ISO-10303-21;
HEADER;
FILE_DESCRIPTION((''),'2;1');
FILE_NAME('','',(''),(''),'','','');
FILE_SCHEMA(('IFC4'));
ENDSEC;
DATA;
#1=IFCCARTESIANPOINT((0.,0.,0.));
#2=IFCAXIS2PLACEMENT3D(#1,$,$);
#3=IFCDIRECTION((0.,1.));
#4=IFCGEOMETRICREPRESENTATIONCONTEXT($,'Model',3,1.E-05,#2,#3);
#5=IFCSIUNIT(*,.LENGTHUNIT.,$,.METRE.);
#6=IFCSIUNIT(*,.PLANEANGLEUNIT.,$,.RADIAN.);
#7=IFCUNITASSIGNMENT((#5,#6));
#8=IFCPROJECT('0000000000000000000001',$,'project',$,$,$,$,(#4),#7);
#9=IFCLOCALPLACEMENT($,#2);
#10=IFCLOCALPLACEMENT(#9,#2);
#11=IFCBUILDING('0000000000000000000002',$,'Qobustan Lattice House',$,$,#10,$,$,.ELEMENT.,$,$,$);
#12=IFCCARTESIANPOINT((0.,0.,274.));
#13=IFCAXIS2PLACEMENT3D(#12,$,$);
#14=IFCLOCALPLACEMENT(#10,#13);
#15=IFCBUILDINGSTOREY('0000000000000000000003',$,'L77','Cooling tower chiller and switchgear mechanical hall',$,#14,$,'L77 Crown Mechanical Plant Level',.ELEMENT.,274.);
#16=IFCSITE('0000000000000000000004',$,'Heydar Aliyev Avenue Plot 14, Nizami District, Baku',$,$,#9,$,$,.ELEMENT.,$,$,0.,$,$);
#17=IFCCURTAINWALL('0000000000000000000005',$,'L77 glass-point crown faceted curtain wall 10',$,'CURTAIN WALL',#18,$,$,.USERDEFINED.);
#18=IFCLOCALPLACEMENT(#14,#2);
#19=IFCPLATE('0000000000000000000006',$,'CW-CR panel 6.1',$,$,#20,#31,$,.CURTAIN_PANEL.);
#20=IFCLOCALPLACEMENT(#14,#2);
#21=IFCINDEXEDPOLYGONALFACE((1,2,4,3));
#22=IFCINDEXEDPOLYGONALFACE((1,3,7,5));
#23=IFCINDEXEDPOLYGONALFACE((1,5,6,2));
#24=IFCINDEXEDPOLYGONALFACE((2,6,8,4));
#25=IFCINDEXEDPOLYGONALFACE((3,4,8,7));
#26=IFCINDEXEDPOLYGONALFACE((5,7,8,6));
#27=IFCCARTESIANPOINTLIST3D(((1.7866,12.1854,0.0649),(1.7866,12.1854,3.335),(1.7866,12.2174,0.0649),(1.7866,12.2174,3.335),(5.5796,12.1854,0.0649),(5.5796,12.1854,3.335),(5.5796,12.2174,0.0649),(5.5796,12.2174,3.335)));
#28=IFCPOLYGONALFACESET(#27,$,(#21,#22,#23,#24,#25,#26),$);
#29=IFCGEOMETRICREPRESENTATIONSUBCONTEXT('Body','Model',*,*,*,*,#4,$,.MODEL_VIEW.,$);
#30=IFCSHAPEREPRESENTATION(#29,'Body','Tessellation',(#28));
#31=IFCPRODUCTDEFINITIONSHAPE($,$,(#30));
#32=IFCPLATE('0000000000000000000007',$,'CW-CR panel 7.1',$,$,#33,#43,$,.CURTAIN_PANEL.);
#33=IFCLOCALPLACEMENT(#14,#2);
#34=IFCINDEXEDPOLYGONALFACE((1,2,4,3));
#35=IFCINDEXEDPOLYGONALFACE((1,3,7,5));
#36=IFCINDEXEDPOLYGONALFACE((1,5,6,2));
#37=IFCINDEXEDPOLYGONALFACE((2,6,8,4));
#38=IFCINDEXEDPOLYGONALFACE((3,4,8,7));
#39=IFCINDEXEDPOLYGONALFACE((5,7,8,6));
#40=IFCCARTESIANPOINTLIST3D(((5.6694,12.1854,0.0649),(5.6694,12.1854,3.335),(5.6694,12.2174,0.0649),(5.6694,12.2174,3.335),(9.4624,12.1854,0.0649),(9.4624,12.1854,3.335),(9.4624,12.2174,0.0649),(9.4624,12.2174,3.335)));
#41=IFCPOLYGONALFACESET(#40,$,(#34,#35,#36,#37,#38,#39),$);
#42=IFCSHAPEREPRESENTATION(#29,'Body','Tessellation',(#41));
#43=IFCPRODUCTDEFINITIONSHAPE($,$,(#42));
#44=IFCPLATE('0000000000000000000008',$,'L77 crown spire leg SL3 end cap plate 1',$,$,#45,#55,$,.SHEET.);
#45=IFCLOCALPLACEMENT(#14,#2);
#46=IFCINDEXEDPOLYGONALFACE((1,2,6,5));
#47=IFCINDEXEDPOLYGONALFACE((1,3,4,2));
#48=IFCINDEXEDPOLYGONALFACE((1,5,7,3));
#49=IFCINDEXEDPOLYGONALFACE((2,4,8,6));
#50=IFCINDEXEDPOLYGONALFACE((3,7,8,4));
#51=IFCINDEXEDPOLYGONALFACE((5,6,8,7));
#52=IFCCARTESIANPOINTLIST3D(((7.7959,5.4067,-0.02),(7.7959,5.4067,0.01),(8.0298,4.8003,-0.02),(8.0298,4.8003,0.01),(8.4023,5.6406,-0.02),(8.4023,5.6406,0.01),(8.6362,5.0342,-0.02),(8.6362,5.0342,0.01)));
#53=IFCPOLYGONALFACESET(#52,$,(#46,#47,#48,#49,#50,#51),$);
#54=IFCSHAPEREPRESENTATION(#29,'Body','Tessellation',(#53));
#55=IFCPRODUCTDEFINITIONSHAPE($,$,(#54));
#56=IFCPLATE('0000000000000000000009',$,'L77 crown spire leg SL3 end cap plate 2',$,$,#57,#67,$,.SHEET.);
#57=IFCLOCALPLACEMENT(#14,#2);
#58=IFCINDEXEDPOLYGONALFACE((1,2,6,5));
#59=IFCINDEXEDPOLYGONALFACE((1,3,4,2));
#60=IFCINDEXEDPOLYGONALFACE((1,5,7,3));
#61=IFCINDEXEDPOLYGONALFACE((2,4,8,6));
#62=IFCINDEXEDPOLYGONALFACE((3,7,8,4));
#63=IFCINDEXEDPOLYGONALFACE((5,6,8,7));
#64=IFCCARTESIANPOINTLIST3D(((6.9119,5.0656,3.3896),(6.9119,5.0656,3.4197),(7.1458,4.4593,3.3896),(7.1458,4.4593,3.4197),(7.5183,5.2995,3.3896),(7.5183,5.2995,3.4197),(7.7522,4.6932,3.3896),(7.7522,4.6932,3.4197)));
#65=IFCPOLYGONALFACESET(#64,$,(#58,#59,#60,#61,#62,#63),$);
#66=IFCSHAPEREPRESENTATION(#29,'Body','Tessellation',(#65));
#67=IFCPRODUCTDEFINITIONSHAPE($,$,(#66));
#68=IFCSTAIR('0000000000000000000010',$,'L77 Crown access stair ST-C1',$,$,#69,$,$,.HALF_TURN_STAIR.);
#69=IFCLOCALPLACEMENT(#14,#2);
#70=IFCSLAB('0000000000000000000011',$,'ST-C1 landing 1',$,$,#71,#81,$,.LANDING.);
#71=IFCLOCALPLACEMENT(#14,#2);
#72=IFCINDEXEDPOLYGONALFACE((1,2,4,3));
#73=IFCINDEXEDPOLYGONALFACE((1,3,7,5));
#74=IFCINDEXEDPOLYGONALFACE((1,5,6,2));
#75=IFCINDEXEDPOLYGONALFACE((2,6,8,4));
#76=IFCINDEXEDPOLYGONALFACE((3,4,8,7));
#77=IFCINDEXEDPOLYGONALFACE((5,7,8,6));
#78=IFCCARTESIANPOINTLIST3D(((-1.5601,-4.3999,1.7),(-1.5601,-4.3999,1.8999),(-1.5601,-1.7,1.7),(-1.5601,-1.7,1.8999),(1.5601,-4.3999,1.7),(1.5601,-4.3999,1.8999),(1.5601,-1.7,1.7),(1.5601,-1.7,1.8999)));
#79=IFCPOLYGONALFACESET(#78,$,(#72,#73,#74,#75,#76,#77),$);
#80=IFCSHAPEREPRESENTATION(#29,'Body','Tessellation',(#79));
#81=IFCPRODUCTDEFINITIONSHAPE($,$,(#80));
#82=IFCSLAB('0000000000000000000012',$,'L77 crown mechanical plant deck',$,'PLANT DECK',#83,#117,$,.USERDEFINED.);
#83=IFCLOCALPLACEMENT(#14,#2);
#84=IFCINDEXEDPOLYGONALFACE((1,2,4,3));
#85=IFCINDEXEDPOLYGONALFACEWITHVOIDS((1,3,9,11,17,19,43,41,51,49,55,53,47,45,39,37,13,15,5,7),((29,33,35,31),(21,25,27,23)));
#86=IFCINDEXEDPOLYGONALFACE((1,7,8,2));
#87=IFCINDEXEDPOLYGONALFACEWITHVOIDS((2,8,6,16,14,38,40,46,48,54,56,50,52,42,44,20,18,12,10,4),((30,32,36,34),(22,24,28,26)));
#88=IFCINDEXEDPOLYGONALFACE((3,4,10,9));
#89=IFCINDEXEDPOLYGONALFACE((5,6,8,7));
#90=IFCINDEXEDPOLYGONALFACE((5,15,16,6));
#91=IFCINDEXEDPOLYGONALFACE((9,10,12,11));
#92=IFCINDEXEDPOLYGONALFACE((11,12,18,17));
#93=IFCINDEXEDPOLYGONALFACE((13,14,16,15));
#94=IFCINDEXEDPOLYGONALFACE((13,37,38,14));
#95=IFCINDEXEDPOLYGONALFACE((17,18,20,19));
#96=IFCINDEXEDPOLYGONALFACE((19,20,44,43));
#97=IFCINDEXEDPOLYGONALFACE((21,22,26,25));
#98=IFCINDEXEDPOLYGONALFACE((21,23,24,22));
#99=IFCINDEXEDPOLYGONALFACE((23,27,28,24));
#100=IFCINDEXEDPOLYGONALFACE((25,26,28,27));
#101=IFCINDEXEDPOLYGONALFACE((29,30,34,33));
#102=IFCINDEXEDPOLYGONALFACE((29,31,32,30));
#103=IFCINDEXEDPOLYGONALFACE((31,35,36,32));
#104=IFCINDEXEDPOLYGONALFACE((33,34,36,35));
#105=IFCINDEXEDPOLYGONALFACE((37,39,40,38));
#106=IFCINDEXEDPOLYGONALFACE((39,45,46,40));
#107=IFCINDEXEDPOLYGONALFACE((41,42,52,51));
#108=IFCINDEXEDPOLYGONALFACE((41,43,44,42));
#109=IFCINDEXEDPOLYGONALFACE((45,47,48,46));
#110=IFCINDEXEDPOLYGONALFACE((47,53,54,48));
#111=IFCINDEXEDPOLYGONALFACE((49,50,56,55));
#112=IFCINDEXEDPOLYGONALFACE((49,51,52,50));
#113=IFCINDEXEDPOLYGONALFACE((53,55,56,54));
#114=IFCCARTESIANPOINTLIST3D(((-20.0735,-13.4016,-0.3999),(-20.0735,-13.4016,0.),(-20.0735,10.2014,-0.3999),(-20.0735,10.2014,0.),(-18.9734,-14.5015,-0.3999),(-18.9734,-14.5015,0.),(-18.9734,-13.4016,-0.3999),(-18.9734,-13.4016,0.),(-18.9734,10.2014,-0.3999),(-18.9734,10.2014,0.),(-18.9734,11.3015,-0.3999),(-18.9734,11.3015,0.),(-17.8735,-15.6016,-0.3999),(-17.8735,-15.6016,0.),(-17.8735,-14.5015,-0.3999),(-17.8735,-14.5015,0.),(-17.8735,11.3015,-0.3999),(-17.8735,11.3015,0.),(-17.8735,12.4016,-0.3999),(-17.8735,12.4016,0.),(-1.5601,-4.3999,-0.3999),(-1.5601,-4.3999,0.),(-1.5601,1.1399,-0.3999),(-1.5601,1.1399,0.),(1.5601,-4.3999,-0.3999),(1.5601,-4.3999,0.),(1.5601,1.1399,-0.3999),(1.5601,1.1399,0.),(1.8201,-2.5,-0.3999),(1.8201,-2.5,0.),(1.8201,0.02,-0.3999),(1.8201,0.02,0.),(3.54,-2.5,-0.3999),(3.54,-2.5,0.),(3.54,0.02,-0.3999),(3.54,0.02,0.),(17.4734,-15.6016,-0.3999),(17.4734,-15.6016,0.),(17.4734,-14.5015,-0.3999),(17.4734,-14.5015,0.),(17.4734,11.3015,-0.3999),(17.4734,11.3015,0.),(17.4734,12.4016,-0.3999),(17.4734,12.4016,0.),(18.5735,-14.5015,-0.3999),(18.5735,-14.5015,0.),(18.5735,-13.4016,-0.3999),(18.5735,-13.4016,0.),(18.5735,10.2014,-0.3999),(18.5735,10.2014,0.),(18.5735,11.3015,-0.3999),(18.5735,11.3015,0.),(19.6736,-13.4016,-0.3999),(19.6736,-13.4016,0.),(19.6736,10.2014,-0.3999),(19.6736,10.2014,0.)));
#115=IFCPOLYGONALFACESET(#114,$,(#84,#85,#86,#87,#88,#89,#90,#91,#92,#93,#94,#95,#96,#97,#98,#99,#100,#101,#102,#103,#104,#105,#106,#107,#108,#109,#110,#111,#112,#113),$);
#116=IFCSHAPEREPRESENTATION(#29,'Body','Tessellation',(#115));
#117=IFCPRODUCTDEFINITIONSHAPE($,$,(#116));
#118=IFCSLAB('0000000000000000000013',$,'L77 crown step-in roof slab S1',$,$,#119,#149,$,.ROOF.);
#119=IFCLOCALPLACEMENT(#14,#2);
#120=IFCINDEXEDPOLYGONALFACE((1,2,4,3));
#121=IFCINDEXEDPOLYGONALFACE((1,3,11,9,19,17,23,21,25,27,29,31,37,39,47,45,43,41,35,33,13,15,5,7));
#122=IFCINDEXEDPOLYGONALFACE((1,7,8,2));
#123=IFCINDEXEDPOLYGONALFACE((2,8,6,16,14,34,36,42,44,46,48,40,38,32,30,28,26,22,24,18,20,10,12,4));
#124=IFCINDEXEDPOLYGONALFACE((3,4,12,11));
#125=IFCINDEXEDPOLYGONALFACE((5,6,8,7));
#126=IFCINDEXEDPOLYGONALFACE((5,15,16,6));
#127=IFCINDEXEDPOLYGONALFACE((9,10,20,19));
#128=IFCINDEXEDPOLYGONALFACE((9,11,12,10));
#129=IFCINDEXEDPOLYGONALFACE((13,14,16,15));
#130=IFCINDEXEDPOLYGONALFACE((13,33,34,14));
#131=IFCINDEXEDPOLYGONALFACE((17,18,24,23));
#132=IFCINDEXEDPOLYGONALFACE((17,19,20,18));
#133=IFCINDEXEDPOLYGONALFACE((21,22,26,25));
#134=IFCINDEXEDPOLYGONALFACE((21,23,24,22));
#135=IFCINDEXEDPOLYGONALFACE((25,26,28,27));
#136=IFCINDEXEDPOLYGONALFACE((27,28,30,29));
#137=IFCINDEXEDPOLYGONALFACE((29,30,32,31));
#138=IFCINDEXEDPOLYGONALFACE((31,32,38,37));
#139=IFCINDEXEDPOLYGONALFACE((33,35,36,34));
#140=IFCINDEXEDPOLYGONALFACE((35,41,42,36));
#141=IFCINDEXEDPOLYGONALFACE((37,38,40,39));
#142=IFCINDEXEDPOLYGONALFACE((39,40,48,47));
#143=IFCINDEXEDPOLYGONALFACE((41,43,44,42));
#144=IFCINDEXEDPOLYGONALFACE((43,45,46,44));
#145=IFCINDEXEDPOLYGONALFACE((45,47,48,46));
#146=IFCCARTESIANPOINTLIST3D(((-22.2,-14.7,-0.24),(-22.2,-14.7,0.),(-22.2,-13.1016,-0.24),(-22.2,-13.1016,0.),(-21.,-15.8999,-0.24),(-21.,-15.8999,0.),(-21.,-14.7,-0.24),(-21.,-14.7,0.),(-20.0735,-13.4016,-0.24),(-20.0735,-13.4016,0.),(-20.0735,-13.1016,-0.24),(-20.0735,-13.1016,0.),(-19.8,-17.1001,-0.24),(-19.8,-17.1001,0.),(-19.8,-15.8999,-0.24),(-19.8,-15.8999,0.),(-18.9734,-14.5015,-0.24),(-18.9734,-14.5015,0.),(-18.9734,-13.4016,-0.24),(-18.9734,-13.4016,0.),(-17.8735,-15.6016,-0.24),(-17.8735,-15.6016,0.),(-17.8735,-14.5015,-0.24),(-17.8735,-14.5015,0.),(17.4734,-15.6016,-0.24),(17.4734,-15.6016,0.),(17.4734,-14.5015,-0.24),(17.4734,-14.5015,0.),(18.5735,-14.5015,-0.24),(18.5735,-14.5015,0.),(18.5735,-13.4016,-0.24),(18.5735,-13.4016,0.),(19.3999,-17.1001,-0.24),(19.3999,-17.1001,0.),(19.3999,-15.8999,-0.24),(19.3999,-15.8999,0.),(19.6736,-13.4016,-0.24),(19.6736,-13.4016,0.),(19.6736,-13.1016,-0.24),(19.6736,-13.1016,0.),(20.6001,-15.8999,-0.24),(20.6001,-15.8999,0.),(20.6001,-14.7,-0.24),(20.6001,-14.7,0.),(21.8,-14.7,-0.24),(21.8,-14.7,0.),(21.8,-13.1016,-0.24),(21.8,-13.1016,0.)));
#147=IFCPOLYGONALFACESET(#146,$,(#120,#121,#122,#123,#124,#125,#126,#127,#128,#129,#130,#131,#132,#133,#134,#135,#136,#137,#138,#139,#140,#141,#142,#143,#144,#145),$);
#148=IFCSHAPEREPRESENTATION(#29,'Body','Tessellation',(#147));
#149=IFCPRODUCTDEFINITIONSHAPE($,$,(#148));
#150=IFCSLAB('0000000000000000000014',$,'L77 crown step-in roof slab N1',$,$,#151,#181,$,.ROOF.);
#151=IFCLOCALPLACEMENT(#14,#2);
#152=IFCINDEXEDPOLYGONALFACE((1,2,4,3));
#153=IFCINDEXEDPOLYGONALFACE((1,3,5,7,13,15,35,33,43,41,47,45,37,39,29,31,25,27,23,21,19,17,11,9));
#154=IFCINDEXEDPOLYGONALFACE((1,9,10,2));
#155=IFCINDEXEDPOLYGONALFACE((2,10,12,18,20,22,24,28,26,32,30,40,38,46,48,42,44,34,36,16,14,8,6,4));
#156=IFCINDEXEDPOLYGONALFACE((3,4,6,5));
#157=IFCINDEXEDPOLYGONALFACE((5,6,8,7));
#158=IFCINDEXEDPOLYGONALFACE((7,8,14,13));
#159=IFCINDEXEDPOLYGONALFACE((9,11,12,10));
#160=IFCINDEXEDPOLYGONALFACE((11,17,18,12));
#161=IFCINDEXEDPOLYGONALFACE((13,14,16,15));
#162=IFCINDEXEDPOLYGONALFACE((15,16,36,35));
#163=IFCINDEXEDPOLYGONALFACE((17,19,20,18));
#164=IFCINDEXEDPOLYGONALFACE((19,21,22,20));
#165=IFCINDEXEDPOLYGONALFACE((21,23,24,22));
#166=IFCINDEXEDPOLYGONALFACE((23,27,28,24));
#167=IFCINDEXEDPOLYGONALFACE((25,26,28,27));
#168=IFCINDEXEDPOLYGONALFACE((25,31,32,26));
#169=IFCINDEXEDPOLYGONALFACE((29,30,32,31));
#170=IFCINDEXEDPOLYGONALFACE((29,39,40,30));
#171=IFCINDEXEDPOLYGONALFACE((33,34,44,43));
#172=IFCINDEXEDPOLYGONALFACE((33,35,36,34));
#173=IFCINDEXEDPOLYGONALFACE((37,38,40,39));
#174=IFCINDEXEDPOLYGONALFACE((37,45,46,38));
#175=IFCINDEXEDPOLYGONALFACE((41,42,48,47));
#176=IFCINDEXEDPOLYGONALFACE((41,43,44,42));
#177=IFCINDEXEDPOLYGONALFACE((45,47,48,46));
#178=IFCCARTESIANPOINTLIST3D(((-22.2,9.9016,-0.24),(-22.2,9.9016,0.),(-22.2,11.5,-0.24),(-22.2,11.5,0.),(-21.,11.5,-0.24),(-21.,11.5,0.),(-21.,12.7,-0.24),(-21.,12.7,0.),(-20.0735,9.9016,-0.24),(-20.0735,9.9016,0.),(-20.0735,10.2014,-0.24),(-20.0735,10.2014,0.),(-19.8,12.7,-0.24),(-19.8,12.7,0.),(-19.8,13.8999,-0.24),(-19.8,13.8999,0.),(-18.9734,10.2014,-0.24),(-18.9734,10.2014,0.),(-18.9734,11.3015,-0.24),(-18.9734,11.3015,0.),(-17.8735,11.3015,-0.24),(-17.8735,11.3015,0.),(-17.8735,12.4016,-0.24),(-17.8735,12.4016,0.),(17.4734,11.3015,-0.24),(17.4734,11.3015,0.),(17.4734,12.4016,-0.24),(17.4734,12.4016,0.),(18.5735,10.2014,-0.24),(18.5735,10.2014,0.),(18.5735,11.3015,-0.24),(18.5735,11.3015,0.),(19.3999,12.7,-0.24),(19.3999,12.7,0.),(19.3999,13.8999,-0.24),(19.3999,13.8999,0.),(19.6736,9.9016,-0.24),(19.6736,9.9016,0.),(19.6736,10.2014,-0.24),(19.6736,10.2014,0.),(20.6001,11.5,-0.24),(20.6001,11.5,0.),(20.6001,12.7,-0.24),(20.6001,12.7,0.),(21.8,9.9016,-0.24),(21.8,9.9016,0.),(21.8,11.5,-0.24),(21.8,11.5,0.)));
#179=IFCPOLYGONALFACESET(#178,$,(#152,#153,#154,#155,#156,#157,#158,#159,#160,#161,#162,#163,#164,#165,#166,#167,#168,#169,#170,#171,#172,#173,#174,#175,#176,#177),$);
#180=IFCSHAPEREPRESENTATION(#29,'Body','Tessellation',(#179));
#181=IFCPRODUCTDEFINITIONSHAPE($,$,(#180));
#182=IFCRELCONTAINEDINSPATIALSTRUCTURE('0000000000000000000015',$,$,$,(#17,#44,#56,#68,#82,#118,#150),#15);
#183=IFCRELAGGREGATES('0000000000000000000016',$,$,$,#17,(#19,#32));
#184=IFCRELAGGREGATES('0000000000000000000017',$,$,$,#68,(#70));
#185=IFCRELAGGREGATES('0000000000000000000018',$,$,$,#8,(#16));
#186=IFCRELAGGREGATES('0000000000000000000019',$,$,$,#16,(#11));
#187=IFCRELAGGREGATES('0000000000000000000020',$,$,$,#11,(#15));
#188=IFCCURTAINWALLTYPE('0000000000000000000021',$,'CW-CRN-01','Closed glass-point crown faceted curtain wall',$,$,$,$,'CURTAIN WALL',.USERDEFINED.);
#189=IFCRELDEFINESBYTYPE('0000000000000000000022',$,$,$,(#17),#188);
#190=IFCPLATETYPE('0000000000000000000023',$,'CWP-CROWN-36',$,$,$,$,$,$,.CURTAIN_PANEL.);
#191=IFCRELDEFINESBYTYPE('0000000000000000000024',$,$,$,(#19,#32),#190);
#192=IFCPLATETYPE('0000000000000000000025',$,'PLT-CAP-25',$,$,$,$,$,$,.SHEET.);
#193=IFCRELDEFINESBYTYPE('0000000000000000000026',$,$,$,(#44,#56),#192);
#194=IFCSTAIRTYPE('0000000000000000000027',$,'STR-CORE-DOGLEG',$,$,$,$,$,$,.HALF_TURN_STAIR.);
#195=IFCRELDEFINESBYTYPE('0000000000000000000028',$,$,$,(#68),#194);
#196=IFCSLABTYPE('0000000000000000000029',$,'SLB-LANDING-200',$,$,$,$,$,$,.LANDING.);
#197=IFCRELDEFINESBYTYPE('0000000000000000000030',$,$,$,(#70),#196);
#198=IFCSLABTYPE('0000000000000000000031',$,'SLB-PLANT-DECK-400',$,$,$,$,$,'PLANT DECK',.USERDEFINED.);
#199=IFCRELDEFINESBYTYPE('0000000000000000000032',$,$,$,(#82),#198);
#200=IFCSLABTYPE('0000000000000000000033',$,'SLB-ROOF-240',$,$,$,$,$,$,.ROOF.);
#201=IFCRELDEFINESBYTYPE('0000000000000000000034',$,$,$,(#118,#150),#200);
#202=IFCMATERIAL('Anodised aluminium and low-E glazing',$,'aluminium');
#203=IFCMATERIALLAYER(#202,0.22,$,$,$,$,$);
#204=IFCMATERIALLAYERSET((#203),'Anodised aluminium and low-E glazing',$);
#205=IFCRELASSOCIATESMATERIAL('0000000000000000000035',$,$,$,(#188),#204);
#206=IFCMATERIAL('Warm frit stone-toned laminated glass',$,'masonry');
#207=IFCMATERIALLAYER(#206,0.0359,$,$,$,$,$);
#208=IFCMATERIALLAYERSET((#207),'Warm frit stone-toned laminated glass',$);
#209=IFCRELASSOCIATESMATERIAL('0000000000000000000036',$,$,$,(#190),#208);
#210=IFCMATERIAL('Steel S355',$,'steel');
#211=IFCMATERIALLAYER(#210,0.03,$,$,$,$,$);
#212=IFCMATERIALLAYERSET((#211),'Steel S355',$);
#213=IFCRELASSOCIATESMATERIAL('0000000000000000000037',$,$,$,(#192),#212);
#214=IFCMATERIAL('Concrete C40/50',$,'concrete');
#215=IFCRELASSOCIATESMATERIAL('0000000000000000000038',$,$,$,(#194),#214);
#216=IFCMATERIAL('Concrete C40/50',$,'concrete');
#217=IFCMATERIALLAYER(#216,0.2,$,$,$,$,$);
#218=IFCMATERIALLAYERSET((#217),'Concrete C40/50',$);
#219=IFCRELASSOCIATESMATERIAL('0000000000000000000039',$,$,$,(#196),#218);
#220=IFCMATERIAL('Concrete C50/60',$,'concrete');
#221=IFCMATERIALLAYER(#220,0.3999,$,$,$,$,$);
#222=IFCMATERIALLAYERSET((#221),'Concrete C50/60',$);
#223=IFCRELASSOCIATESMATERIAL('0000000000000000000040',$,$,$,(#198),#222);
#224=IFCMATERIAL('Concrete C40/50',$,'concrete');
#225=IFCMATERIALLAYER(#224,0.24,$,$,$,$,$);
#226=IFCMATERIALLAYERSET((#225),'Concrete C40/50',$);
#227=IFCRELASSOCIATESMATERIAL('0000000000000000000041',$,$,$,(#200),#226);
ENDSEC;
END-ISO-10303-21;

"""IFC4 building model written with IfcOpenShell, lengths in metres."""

from ifc_helpers import new_model, si_unit, direction, frame, origin, origin_2d, place, context, subcontext, project, spatial, polyline, rectangle, outline, extrude, material, layer, layer_set, type_object, element, aggregate, save


model = new_model("IFC4")

# Units and contexts
model_context = context("Model", 3, precision=1e-05, world=origin(), true_north=direction((0.0, 1.0)))
body_context = subcontext(model_context, "Body", "Model", "MODEL_VIEW")
ifc_project = project(units=[si_unit("LENGTHUNIT", "METRE"), si_unit("PLANEANGLEUNIT", "RADIAN")], contexts=[model_context])

# Site, building, storey
site_placement = place(None, origin())
site = spatial("IfcSite", under=ifc_project, at=site_placement, Name="Heydar Aliyev Avenue Plot 14, Nizami District, Baku", CompositionType="ELEMENT", RefElevation=0.0)
building_placement = place(site_placement, origin())
building = spatial("IfcBuilding", under=site, at=building_placement, Name="Qobustan Lattice House", CompositionType="ELEMENT")
storey_placement = place(building_placement, frame((0.0, 0.0, 274.0)))
storey = spatial("IfcBuildingStorey", under=building, at=storey_placement, Name="L77", Description="Cooling tower chiller and switchgear mechanical hall", LongName="L77 Crown Mechanical Plant Level", CompositionType="ELEMENT", Elevation=274.0)

# Curtain wall
ifc_material_1 = material(Name="Anodised aluminium and low-E glazing", Category="aluminium")
ifc_layer_1 = layer(ifc_material_1, 0.22)
ifc_layer_set_1 = layer_set([ifc_layer_1], Name="Anodised aluminium and low-E glazing")
curtain_wall_type = type_object("IfcCurtainWallType", Name="CW-CRN-01", Description="Closed glass-point crown faceted curtain wall", ElementType="CURTAIN WALL", PredefinedType="USERDEFINED", material=ifc_layer_set_1)
curtain_wall_placement = place(storey_placement, origin())
curtain_wall = element("IfcCurtainWall", 1, at=curtain_wall_placement, inside=storey, type_object=curtain_wall_type, Name="L77 glass-point crown faceted curtain wall 10", ObjectType="CURTAIN WALL", PredefinedType="USERDEFINED")

# Plates
ifc_material_2 = material(Name="Warm frit stone-toned laminated glass", Category="masonry")
ifc_layer_2 = layer(ifc_material_2, 0.0359)
ifc_layer_set_2 = layer_set([ifc_layer_2], Name="Warm frit stone-toned laminated glass")
plate_type_1 = type_object("IfcPlateType", Name="CWP-CROWN-36", PredefinedType="CURTAIN_PANEL", material=ifc_layer_set_2)
plate_1_placement = place(storey_placement, frame((3.6831, 12.2014, 0.0649), z_axis=(0.0, 0.0, 1.0), x_axis=(1.0, 0.0, 0.0)))
plate_1 = element("IfcPlate", 2, at=plate_1_placement, type_object=plate_type_1, Name="CW-CR panel 6.1", PredefinedType="CURTAIN_PANEL", context=body_context, shape_type="SweptSolid", body=[
    extrude(rectangle(XDim=3.793, YDim=0.032, at=origin_2d()), origin(), (0.0, 0.0, 1.0), 3.27),
])
plate_2_placement = place(storey_placement, frame((7.5659, 12.2014, 0.0649), z_axis=(0.0, 0.0, 1.0), x_axis=(1.0, 0.0, 0.0)))
plate_2 = element("IfcPlate", 3, at=plate_2_placement, type_object=plate_type_1, Name="CW-CR panel 7.1", PredefinedType="CURTAIN_PANEL", context=body_context, shape_type="SweptSolid", body=[
    extrude(rectangle(XDim=3.793, YDim=0.032, at=origin_2d()), origin(), (0.0, 0.0, 1.0), 3.27),
])
aggregate(curtain_wall, [plate_1, plate_2])

# Plates
ifc_material_3 = material(Name="Steel S355", Category="steel")
ifc_layer_3 = layer(ifc_material_3, 0.03)
ifc_layer_set_3 = layer_set([ifc_layer_3], Name="Steel S355")
plate_type_2 = type_object("IfcPlateType", Name="PLT-CAP-25", PredefinedType="SHEET", material=ifc_layer_set_3)
for number, where, z_axis, x_axis, name in (
    (4, (8.2161, 5.2205, -0.02), (0.0, 0.0, 1.0), (-0.933004, -0.359867, 0.0), "L77 crown spire leg SL3 end cap plate 1"),
    (5, (7.332, 4.8794, 3.3896), (0.0, 0.0, 1.0), (-0.933004, -0.359867, 0.0), "L77 crown spire leg SL3 end cap plate 2"),
):
    element("IfcPlate", number, at=place(storey_placement, frame(where, z_axis=z_axis, x_axis=x_axis)), inside=storey, type_object=plate_type_2, Name=name, PredefinedType="SHEET", context=body_context, shape_type="SweptSolid", body=[
        extrude(rectangle(XDim=0.6499, YDim=0.6499, at=origin_2d()), origin(), (0.0, 0.0, 1.0), 0.03),
    ])

# Stair, slab
ifc_material_4 = material(Name="Concrete C40/50", Category="concrete")
stair_type = type_object("IfcStairType", Name="STR-CORE-DOGLEG", PredefinedType="HALF_TURN_STAIR", material=ifc_material_4)
stair_placement = place(storey_placement, origin())
stair = element("IfcStair", 6, at=stair_placement, inside=storey, type_object=stair_type, Name="L77 Crown access stair ST-C1", PredefinedType="HALF_TURN_STAIR")
ifc_material_5 = material(Name="Concrete C40/50", Category="concrete")
ifc_layer_4 = layer(ifc_material_5, 0.2)
ifc_layer_set_4 = layer_set([ifc_layer_4], Name="Concrete C40/50")
slab_type_1 = type_object("IfcSlabType", Name="SLB-LANDING-200", PredefinedType="LANDING", material=ifc_layer_set_4)
slab_1_placement = place(storey_placement, frame((0.0, 0.0, 1.7)))
slab_1 = element("IfcSlab", 7, at=slab_1_placement, type_object=slab_type_1, Name="ST-C1 landing 1", PredefinedType="LANDING", context=body_context, shape_type="SweptSolid", body=[
    extrude(outline(polyline([(-1.5601, -1.7), (-1.5601, -4.3999), (1.5601, -4.3999), (1.5601, -1.7), (-1.5601, -1.7)])), origin(), (0.0, 0.0, 1.0), 0.2),
])
aggregate(stair, [slab_1])

# Slabs
ifc_material_6 = material(Name="Concrete C50/60", Category="concrete")
ifc_layer_5 = layer(ifc_material_6, 0.3999)
ifc_layer_set_5 = layer_set([ifc_layer_5], Name="Concrete C50/60")
slab_type_2 = type_object("IfcSlabType", Name="SLB-PLANT-DECK-400", ElementType="PLANT DECK", PredefinedType="USERDEFINED", material=ifc_layer_set_5)
slab_2_placement = place(storey_placement, frame((0.0, 0.0, -0.3999)))
element("IfcSlab", 8, at=slab_2_placement, inside=storey, type_object=slab_type_2, Name="L77 crown mechanical plant deck", ObjectType="PLANT DECK", PredefinedType="USERDEFINED", context=body_context, shape_type="SweptSolid", body=[
    extrude(outline(polyline([(-17.8735, -15.6016), (17.4734, -15.6016), (17.4734, -14.5015), (18.5735, -14.5015), (18.5735, -13.4016), (19.6736, -13.4016), (19.6736, 10.2014), (18.5735, 10.2014), (18.5735, 11.3015), (17.4734, 11.3015), (17.4734, 12.4016), (-17.8735, 12.4016), (-17.8735, 11.3015), (-18.9734, 11.3015), (-18.9734, 10.2014), (-20.0735, 10.2014), (-20.0735, -13.4016), (-18.9734, -13.4016), (-18.9734, -14.5015), (-17.8735, -14.5015), (-17.8735, -15.6016)]), holes=[polyline([(-1.5601, -4.3999), (-1.5601, 1.1399), (1.5601, 1.1399), (1.5601, -4.3999), (-1.5601, -4.3999)]), polyline([(1.8201, -2.5), (1.8201, 0.02), (3.54, 0.02), (3.54, -2.5), (1.8201, -2.5)])]), origin(), (0.0, 0.0, 1.0), 0.3999),
])
ifc_material_7 = material(Name="Concrete C40/50", Category="concrete")
ifc_layer_6 = layer(ifc_material_7, 0.24)
ifc_layer_set_6 = layer_set([ifc_layer_6], Name="Concrete C40/50")
slab_type_3 = type_object("IfcSlabType", Name="SLB-ROOF-240", PredefinedType="ROOF", material=ifc_layer_set_6)
slab_3_placement = place(storey_placement, frame((0.0, 0.0, -0.24)))
element("IfcSlab", 9, at=slab_3_placement, inside=storey, type_object=slab_type_3, Name="L77 crown step-in roof slab S1", PredefinedType="ROOF", context=body_context, shape_type="SweptSolid", body=[
    extrude(outline(polyline([(-19.8, -15.8999), (-19.8, -17.1001), (19.3999, -17.1001), (19.3999, -15.8999), (20.6001, -15.8999), (20.6001, -14.7), (21.8, -14.7), (21.8, -13.1016), (19.6736, -13.1016), (19.6736, -13.4016), (18.5735, -13.4016), (18.5735, -14.5015), (17.4734, -14.5015), (17.4734, -15.6016), (-17.8735, -15.6016), (-17.8735, -14.5015), (-18.9734, -14.5015), (-18.9734, -13.4016), (-20.0735, -13.4016), (-20.0735, -13.1016), (-22.2, -13.1016), (-22.2, -14.7), (-21.0, -14.7), (-21.0, -15.8999), (-19.8, -15.8999)])), origin(), (0.0, 0.0, 1.0), 0.24),
])
slab_4_placement = place(storey_placement, frame((0.0, 0.0, -0.24)))
element("IfcSlab", 10, at=slab_4_placement, inside=storey, type_object=slab_type_3, Name="L77 crown step-in roof slab N1", PredefinedType="ROOF", context=body_context, shape_type="SweptSolid", body=[
    extrude(outline(polyline([(-22.2, 9.9016), (-20.0735, 9.9016), (-20.0735, 10.2014), (-18.9734, 10.2014), (-18.9734, 11.3015), (-17.8735, 11.3015), (-17.8735, 12.4016), (17.4734, 12.4016), (17.4734, 11.3015), (18.5735, 11.3015), (18.5735, 10.2014), (19.6736, 10.2014), (19.6736, 9.9016), (21.8, 9.9016), (21.8, 11.5), (20.6001, 11.5), (20.6001, 12.7), (19.3999, 12.7), (19.3999, 13.8999), (-19.8, 13.8999), (-19.8, 12.7), (-21.0, 12.7), (-21.0, 11.5), (-22.2, 11.5), (-22.2, 9.9016)])), origin(), (0.0, 0.0, 1.0), 0.24),
])

save(model, "model.ifc")
